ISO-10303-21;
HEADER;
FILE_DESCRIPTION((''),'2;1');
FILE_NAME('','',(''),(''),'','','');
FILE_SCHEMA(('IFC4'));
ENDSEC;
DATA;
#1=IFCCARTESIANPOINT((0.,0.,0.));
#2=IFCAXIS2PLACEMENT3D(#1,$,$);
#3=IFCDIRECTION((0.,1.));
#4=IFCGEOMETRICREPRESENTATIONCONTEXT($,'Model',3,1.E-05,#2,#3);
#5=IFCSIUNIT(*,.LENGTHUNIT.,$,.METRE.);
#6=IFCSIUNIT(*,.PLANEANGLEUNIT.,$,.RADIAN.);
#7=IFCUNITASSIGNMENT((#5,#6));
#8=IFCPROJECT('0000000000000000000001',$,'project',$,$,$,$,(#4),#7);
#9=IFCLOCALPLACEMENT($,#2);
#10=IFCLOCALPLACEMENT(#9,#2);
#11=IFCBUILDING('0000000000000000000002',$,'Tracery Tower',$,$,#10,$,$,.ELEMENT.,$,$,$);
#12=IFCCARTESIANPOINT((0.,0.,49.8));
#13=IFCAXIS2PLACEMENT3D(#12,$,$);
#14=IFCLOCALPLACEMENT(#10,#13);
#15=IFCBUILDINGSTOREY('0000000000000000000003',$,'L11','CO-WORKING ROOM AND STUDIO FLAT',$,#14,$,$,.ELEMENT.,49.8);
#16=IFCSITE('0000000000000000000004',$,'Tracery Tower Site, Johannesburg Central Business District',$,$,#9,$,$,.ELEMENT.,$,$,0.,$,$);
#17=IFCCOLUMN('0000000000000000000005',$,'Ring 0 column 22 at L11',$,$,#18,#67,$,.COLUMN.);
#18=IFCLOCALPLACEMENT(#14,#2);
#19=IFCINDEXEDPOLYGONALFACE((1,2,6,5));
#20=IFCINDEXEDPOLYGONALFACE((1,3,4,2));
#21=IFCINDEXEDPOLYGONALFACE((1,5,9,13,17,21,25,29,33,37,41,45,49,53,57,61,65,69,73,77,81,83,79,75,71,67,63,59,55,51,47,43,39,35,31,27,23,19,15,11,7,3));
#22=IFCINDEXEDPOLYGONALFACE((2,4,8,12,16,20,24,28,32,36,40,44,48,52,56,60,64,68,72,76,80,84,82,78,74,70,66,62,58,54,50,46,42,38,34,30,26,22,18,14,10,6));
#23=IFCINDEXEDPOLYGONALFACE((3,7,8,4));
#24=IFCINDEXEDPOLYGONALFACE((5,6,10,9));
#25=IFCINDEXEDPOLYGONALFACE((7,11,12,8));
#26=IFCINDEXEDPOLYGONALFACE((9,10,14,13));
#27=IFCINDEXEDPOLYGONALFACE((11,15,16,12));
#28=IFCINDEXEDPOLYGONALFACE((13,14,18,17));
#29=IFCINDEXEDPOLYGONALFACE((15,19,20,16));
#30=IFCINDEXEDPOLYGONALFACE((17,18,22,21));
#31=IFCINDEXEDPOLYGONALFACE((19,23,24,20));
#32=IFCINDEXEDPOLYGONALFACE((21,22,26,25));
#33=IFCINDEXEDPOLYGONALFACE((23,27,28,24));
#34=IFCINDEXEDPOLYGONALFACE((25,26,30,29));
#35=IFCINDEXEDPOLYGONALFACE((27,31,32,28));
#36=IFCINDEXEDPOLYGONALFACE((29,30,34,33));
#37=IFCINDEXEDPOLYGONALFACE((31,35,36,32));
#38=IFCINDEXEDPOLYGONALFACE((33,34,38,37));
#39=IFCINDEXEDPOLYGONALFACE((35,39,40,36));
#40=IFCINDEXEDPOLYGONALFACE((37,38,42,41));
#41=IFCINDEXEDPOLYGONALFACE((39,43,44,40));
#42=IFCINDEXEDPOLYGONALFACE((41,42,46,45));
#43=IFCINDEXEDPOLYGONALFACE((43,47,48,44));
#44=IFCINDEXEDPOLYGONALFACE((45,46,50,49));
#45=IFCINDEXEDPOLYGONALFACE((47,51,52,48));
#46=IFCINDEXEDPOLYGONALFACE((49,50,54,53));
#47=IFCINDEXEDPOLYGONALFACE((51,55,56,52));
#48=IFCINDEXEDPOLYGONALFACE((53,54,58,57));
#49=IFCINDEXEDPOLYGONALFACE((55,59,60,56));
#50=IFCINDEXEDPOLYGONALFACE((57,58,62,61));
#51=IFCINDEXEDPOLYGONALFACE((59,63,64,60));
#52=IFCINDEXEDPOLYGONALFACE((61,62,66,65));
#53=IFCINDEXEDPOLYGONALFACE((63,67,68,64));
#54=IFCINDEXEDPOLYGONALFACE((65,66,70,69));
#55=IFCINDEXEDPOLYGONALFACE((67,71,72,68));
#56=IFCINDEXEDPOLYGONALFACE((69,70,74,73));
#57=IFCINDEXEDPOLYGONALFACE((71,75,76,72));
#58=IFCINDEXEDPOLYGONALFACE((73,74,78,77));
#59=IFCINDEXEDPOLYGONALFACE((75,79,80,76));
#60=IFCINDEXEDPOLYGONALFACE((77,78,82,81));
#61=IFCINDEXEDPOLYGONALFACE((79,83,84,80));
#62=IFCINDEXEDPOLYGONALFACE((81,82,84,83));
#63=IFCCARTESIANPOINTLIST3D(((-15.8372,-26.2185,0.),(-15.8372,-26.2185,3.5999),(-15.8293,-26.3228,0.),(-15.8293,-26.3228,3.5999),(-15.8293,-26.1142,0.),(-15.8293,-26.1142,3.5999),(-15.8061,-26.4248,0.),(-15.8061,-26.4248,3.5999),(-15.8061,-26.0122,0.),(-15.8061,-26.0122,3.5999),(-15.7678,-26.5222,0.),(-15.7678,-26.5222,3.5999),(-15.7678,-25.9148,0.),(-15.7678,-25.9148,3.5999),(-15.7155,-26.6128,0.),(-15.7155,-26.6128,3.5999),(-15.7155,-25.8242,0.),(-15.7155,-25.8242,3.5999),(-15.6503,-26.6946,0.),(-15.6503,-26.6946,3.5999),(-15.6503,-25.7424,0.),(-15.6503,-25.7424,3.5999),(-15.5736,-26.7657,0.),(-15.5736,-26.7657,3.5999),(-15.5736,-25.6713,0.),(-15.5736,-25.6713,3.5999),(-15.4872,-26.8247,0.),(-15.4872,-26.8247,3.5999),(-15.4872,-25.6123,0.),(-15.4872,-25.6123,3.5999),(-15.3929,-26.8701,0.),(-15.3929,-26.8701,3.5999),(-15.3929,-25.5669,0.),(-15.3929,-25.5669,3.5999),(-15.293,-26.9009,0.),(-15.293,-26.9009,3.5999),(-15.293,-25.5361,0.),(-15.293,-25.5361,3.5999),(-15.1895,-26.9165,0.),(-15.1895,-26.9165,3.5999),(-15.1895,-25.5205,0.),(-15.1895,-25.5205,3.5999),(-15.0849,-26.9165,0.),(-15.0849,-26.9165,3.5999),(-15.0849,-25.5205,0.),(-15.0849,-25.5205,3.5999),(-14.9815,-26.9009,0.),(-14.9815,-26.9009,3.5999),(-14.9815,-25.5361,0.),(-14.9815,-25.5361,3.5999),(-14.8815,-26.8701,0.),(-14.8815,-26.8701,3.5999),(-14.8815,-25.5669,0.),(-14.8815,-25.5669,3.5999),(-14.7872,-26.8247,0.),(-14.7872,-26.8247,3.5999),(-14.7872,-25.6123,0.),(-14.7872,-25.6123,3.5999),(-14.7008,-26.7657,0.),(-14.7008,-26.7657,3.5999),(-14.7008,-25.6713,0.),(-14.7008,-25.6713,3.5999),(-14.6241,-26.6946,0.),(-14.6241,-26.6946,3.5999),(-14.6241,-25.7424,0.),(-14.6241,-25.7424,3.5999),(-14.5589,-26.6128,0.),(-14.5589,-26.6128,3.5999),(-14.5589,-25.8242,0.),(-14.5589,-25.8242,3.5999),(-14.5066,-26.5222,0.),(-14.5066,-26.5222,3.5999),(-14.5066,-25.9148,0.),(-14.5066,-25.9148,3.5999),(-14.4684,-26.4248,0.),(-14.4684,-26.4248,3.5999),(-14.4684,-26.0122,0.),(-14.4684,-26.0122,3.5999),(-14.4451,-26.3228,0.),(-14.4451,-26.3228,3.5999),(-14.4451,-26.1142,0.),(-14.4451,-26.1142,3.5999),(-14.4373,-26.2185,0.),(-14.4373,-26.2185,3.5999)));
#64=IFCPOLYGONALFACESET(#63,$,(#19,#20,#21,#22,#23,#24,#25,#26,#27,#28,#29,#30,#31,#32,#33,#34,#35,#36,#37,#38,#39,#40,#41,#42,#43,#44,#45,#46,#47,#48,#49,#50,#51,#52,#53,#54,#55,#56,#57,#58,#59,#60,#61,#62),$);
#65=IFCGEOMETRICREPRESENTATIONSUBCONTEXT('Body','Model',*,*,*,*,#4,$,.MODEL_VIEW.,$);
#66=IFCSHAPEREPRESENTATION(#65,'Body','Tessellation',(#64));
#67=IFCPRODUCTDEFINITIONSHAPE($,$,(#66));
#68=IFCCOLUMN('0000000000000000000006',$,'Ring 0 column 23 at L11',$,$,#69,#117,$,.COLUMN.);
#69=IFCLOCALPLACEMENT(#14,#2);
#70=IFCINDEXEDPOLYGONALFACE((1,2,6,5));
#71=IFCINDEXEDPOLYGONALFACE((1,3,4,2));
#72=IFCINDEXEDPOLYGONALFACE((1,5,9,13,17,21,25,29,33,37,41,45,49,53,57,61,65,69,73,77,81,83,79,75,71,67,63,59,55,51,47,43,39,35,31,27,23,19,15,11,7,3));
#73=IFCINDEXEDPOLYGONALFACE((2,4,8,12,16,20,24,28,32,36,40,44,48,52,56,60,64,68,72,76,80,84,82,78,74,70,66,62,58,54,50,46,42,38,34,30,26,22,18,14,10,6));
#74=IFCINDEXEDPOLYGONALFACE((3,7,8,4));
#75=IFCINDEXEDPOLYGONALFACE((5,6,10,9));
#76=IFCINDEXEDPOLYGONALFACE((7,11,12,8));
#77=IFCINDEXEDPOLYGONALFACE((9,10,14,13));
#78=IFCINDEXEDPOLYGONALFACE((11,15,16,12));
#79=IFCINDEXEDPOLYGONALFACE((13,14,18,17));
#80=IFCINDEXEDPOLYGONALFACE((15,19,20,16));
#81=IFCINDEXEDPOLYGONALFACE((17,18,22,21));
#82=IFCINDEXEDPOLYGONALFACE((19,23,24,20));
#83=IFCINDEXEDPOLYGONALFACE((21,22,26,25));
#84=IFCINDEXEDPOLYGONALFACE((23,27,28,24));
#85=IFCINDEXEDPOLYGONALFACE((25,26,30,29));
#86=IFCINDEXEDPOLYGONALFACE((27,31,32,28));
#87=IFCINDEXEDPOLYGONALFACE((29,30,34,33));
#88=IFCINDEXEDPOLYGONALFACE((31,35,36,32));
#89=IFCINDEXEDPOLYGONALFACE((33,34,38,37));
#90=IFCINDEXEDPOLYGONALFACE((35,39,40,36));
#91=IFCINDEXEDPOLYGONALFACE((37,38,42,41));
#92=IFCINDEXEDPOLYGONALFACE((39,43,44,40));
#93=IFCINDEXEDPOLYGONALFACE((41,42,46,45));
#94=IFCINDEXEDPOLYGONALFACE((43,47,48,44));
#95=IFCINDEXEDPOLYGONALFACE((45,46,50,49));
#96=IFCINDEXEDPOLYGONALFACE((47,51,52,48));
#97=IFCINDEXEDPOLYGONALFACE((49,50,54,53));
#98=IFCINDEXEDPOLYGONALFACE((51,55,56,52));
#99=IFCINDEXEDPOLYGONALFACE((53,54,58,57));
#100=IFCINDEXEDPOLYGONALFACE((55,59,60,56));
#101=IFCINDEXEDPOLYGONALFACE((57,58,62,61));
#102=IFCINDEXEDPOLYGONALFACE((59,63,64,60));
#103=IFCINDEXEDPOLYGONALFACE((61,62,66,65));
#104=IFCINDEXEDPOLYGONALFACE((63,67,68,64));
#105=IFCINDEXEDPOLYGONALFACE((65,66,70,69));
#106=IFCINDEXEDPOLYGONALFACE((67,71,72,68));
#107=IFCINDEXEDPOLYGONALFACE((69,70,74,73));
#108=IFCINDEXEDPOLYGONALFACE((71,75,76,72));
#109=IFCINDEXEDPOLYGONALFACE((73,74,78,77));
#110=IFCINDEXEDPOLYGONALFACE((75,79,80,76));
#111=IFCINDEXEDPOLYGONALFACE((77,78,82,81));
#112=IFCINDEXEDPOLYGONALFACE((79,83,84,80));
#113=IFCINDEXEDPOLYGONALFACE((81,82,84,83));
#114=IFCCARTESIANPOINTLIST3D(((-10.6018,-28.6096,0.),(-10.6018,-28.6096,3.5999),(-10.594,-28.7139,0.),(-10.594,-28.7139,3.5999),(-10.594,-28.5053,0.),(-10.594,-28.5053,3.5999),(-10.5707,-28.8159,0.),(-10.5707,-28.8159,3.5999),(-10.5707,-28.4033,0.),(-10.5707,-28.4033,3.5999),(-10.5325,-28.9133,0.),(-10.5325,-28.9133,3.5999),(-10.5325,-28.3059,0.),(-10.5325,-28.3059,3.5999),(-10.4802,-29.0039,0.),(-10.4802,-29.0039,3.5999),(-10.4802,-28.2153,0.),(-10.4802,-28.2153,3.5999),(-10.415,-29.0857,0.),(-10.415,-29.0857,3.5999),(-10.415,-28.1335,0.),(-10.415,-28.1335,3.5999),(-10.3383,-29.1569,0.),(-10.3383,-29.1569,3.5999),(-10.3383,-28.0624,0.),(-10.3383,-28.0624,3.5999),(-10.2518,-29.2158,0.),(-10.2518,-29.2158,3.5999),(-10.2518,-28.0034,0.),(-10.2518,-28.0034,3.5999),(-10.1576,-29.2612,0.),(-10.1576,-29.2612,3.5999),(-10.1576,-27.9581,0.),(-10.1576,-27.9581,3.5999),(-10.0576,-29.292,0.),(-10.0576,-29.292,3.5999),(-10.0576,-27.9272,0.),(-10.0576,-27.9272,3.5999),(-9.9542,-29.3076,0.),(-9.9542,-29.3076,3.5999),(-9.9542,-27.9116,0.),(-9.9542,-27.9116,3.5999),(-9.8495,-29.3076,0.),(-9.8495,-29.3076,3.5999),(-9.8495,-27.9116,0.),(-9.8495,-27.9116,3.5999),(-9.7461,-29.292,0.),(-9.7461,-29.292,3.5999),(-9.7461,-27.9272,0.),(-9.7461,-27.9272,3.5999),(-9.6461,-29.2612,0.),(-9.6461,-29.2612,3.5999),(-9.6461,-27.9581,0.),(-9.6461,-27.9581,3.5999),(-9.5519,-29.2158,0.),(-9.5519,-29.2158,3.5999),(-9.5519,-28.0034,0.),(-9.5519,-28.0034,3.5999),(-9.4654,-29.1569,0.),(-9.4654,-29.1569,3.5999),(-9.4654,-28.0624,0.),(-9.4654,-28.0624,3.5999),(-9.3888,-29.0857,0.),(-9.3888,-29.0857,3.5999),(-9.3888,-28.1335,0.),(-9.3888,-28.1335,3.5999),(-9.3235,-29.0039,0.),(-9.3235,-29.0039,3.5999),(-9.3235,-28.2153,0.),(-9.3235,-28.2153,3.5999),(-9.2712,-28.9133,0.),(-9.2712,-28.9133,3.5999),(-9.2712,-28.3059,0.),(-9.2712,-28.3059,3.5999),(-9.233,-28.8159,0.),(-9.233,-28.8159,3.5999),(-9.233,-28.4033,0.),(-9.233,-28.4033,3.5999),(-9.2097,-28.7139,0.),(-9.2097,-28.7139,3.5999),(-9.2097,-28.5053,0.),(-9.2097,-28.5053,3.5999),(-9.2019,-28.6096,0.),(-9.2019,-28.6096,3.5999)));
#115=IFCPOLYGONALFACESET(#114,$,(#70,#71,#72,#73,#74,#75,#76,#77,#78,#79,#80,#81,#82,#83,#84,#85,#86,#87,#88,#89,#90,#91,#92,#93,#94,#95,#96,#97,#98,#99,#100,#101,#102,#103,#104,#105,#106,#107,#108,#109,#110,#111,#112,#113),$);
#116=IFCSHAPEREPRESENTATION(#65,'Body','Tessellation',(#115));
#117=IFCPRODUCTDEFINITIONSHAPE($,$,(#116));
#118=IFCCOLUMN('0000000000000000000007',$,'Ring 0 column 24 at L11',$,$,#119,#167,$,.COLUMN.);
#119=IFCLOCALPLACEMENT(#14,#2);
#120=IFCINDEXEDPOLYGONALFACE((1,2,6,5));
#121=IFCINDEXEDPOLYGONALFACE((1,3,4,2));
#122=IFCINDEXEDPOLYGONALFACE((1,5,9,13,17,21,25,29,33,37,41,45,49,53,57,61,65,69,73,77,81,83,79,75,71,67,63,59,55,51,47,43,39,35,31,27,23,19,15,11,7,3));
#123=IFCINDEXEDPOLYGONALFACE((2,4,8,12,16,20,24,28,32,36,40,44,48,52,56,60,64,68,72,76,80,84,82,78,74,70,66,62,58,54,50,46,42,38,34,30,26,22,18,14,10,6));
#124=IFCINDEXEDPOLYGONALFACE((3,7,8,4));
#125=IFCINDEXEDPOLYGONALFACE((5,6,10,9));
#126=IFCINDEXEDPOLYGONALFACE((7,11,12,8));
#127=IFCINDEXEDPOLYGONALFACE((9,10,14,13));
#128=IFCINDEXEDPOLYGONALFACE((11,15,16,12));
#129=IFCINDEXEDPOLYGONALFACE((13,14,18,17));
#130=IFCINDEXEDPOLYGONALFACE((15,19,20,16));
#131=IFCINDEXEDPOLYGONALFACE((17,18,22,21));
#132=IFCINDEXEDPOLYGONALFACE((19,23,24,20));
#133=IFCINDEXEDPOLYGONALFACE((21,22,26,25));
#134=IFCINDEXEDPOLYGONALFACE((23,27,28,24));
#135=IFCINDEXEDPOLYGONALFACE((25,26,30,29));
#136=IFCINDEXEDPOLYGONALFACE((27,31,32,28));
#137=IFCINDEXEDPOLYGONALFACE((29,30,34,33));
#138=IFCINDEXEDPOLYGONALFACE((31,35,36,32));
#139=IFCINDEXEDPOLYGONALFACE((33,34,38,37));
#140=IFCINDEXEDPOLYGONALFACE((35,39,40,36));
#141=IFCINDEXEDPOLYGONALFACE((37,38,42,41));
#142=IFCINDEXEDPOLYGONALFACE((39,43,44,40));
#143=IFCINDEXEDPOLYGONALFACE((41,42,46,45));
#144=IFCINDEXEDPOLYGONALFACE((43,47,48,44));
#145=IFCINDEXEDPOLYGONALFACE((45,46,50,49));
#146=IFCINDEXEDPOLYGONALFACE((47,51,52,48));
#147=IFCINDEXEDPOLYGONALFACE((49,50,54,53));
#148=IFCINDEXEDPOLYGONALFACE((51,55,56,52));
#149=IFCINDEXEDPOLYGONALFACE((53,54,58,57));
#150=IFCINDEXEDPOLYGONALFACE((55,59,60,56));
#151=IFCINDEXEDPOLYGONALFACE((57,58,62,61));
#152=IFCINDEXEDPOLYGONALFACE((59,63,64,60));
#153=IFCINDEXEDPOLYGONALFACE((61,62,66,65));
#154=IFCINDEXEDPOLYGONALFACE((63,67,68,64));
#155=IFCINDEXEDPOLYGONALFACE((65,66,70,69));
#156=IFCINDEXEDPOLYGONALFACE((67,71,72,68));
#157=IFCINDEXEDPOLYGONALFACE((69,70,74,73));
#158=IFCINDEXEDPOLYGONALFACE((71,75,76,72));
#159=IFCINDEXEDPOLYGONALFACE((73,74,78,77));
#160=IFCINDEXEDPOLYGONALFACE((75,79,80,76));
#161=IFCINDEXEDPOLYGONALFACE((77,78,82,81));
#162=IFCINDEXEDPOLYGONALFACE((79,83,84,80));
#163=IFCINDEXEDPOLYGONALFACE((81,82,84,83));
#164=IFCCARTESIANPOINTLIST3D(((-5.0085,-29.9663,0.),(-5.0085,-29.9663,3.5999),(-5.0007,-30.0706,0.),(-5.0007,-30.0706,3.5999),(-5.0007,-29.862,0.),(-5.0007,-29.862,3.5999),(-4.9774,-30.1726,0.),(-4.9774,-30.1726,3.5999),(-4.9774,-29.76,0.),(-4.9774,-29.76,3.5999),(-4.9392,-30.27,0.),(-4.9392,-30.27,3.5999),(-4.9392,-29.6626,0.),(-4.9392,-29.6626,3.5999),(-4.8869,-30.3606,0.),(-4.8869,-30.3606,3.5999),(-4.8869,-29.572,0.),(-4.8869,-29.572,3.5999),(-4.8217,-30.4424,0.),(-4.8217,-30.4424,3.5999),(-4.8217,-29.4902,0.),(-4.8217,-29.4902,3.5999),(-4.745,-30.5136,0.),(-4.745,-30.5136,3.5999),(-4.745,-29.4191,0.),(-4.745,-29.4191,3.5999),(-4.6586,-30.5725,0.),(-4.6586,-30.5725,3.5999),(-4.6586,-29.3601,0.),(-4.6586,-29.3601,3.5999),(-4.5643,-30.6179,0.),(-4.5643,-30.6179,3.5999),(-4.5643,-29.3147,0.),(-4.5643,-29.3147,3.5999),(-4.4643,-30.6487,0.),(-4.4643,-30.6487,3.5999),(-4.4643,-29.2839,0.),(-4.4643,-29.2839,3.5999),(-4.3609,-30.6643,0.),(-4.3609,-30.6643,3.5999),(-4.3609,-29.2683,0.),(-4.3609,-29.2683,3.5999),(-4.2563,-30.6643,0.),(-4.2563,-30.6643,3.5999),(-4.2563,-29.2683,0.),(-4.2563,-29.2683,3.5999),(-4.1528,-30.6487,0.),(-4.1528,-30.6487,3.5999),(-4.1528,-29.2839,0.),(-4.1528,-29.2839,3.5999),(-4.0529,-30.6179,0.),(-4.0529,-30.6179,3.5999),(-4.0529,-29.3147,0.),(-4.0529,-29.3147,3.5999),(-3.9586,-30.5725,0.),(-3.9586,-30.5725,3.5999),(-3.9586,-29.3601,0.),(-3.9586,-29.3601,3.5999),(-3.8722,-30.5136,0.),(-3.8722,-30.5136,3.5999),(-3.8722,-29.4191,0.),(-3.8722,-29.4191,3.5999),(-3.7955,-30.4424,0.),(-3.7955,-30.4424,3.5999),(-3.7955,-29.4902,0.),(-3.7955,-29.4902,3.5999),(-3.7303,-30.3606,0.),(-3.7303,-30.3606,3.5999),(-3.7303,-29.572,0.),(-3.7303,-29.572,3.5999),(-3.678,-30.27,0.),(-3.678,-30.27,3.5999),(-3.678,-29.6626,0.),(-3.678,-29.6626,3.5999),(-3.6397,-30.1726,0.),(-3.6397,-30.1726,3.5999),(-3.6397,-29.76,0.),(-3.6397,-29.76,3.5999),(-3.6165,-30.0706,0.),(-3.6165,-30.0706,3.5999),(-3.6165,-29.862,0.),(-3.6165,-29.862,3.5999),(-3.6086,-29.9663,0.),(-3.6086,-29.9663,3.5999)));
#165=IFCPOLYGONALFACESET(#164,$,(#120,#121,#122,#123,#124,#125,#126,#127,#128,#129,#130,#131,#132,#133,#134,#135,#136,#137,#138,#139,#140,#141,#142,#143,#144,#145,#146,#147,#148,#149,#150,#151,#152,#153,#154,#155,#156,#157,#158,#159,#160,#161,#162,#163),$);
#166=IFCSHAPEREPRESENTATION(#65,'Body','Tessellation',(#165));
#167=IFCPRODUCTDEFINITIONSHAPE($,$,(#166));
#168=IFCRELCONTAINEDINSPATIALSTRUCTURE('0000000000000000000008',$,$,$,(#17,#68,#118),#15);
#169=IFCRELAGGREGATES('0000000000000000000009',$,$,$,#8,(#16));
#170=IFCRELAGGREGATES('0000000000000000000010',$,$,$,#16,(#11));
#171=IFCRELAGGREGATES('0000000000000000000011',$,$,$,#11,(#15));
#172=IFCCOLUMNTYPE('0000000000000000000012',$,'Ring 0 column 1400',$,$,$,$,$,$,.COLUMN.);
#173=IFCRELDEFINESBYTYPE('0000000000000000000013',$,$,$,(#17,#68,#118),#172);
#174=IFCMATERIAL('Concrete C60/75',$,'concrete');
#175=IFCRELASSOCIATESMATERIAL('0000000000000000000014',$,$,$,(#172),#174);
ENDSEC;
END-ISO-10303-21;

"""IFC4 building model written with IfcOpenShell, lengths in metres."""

from ifc_helpers import new_model, si_unit, direction, frame, origin, origin_2d, place, context, subcontext, project, spatial, circle, extrude, material, material_profile, profile_set, type_object, element, save


model = new_model("IFC4")

# Units and contexts
model_context = context("Model", 3, precision=1e-05, world=origin(), true_north=direction((0.0, 1.0)))
body_context = subcontext(model_context, "Body", "Model", "MODEL_VIEW")
ifc_project = project(units=[si_unit("LENGTHUNIT", "METRE"), si_unit("PLANEANGLEUNIT", "RADIAN")], contexts=[model_context])

# Site, building, storey
site_placement = place(None, origin())
site = spatial("IfcSite", under=ifc_project, at=site_placement, Name="Tracery Tower Site, Johannesburg Central Business District", CompositionType="ELEMENT", RefElevation=0.0)
building_placement = place(site_placement, origin())
building = spatial("IfcBuilding", under=site, at=building_placement, Name="Tracery Tower", CompositionType="ELEMENT")
storey_placement = place(building_placement, frame((0.0, 0.0, 49.8)))
storey = spatial("IfcBuildingStorey", under=building, at=storey_placement, Name="L11", Description="CO-WORKING ROOM AND STUDIO FLAT", CompositionType="ELEMENT", Elevation=49.8)

# Columns
ifc_material_1 = material(Name="Concrete C60/75", Category="concrete")
ifc_material_profile_1 = material_profile(ifc_material_1, circle(Radius=0.7, at=origin_2d()), Name="RC D1400")
ifc_profile_set_1 = profile_set([ifc_material_profile_1], Name="Concrete C60/75")
column_type_1 = type_object("IfcColumnType", Name="Ring 0 column 1400", PredefinedType="COLUMN", material=ifc_profile_set_1)
for number, where, z_axis, x_axis, name in (
    (1, (-15.1372, -26.2185, 0.0), (0.0, 0.0, 1.0), (1.0, 0.0, 0.0), "Ring 0 column 22 at L11"),
    (2, (-9.9019, -28.6096, 0.0), (0.0, 0.0, 1.0), (1.0, 0.0, 0.0), "Ring 0 column 23 at L11"),
    (3, (-4.3086, -29.9663, 0.0), (0.0, 0.0, 1.0), (1.0, 0.0, 0.0), "Ring 0 column 24 at L11"),
):
    element("IfcColumn", number, at=place(storey_placement, frame(where, z_axis=z_axis, x_axis=x_axis)), inside=storey, type_object=column_type_1, Name=name, PredefinedType="COLUMN", context=body_context, shape_type="SweptSolid", body=[
        extrude(circle(Radius=0.7, at=origin_2d()), origin(), (0.0, 0.0, 1.0), 3.5999),
    ])

save(model, "model.ifc")
